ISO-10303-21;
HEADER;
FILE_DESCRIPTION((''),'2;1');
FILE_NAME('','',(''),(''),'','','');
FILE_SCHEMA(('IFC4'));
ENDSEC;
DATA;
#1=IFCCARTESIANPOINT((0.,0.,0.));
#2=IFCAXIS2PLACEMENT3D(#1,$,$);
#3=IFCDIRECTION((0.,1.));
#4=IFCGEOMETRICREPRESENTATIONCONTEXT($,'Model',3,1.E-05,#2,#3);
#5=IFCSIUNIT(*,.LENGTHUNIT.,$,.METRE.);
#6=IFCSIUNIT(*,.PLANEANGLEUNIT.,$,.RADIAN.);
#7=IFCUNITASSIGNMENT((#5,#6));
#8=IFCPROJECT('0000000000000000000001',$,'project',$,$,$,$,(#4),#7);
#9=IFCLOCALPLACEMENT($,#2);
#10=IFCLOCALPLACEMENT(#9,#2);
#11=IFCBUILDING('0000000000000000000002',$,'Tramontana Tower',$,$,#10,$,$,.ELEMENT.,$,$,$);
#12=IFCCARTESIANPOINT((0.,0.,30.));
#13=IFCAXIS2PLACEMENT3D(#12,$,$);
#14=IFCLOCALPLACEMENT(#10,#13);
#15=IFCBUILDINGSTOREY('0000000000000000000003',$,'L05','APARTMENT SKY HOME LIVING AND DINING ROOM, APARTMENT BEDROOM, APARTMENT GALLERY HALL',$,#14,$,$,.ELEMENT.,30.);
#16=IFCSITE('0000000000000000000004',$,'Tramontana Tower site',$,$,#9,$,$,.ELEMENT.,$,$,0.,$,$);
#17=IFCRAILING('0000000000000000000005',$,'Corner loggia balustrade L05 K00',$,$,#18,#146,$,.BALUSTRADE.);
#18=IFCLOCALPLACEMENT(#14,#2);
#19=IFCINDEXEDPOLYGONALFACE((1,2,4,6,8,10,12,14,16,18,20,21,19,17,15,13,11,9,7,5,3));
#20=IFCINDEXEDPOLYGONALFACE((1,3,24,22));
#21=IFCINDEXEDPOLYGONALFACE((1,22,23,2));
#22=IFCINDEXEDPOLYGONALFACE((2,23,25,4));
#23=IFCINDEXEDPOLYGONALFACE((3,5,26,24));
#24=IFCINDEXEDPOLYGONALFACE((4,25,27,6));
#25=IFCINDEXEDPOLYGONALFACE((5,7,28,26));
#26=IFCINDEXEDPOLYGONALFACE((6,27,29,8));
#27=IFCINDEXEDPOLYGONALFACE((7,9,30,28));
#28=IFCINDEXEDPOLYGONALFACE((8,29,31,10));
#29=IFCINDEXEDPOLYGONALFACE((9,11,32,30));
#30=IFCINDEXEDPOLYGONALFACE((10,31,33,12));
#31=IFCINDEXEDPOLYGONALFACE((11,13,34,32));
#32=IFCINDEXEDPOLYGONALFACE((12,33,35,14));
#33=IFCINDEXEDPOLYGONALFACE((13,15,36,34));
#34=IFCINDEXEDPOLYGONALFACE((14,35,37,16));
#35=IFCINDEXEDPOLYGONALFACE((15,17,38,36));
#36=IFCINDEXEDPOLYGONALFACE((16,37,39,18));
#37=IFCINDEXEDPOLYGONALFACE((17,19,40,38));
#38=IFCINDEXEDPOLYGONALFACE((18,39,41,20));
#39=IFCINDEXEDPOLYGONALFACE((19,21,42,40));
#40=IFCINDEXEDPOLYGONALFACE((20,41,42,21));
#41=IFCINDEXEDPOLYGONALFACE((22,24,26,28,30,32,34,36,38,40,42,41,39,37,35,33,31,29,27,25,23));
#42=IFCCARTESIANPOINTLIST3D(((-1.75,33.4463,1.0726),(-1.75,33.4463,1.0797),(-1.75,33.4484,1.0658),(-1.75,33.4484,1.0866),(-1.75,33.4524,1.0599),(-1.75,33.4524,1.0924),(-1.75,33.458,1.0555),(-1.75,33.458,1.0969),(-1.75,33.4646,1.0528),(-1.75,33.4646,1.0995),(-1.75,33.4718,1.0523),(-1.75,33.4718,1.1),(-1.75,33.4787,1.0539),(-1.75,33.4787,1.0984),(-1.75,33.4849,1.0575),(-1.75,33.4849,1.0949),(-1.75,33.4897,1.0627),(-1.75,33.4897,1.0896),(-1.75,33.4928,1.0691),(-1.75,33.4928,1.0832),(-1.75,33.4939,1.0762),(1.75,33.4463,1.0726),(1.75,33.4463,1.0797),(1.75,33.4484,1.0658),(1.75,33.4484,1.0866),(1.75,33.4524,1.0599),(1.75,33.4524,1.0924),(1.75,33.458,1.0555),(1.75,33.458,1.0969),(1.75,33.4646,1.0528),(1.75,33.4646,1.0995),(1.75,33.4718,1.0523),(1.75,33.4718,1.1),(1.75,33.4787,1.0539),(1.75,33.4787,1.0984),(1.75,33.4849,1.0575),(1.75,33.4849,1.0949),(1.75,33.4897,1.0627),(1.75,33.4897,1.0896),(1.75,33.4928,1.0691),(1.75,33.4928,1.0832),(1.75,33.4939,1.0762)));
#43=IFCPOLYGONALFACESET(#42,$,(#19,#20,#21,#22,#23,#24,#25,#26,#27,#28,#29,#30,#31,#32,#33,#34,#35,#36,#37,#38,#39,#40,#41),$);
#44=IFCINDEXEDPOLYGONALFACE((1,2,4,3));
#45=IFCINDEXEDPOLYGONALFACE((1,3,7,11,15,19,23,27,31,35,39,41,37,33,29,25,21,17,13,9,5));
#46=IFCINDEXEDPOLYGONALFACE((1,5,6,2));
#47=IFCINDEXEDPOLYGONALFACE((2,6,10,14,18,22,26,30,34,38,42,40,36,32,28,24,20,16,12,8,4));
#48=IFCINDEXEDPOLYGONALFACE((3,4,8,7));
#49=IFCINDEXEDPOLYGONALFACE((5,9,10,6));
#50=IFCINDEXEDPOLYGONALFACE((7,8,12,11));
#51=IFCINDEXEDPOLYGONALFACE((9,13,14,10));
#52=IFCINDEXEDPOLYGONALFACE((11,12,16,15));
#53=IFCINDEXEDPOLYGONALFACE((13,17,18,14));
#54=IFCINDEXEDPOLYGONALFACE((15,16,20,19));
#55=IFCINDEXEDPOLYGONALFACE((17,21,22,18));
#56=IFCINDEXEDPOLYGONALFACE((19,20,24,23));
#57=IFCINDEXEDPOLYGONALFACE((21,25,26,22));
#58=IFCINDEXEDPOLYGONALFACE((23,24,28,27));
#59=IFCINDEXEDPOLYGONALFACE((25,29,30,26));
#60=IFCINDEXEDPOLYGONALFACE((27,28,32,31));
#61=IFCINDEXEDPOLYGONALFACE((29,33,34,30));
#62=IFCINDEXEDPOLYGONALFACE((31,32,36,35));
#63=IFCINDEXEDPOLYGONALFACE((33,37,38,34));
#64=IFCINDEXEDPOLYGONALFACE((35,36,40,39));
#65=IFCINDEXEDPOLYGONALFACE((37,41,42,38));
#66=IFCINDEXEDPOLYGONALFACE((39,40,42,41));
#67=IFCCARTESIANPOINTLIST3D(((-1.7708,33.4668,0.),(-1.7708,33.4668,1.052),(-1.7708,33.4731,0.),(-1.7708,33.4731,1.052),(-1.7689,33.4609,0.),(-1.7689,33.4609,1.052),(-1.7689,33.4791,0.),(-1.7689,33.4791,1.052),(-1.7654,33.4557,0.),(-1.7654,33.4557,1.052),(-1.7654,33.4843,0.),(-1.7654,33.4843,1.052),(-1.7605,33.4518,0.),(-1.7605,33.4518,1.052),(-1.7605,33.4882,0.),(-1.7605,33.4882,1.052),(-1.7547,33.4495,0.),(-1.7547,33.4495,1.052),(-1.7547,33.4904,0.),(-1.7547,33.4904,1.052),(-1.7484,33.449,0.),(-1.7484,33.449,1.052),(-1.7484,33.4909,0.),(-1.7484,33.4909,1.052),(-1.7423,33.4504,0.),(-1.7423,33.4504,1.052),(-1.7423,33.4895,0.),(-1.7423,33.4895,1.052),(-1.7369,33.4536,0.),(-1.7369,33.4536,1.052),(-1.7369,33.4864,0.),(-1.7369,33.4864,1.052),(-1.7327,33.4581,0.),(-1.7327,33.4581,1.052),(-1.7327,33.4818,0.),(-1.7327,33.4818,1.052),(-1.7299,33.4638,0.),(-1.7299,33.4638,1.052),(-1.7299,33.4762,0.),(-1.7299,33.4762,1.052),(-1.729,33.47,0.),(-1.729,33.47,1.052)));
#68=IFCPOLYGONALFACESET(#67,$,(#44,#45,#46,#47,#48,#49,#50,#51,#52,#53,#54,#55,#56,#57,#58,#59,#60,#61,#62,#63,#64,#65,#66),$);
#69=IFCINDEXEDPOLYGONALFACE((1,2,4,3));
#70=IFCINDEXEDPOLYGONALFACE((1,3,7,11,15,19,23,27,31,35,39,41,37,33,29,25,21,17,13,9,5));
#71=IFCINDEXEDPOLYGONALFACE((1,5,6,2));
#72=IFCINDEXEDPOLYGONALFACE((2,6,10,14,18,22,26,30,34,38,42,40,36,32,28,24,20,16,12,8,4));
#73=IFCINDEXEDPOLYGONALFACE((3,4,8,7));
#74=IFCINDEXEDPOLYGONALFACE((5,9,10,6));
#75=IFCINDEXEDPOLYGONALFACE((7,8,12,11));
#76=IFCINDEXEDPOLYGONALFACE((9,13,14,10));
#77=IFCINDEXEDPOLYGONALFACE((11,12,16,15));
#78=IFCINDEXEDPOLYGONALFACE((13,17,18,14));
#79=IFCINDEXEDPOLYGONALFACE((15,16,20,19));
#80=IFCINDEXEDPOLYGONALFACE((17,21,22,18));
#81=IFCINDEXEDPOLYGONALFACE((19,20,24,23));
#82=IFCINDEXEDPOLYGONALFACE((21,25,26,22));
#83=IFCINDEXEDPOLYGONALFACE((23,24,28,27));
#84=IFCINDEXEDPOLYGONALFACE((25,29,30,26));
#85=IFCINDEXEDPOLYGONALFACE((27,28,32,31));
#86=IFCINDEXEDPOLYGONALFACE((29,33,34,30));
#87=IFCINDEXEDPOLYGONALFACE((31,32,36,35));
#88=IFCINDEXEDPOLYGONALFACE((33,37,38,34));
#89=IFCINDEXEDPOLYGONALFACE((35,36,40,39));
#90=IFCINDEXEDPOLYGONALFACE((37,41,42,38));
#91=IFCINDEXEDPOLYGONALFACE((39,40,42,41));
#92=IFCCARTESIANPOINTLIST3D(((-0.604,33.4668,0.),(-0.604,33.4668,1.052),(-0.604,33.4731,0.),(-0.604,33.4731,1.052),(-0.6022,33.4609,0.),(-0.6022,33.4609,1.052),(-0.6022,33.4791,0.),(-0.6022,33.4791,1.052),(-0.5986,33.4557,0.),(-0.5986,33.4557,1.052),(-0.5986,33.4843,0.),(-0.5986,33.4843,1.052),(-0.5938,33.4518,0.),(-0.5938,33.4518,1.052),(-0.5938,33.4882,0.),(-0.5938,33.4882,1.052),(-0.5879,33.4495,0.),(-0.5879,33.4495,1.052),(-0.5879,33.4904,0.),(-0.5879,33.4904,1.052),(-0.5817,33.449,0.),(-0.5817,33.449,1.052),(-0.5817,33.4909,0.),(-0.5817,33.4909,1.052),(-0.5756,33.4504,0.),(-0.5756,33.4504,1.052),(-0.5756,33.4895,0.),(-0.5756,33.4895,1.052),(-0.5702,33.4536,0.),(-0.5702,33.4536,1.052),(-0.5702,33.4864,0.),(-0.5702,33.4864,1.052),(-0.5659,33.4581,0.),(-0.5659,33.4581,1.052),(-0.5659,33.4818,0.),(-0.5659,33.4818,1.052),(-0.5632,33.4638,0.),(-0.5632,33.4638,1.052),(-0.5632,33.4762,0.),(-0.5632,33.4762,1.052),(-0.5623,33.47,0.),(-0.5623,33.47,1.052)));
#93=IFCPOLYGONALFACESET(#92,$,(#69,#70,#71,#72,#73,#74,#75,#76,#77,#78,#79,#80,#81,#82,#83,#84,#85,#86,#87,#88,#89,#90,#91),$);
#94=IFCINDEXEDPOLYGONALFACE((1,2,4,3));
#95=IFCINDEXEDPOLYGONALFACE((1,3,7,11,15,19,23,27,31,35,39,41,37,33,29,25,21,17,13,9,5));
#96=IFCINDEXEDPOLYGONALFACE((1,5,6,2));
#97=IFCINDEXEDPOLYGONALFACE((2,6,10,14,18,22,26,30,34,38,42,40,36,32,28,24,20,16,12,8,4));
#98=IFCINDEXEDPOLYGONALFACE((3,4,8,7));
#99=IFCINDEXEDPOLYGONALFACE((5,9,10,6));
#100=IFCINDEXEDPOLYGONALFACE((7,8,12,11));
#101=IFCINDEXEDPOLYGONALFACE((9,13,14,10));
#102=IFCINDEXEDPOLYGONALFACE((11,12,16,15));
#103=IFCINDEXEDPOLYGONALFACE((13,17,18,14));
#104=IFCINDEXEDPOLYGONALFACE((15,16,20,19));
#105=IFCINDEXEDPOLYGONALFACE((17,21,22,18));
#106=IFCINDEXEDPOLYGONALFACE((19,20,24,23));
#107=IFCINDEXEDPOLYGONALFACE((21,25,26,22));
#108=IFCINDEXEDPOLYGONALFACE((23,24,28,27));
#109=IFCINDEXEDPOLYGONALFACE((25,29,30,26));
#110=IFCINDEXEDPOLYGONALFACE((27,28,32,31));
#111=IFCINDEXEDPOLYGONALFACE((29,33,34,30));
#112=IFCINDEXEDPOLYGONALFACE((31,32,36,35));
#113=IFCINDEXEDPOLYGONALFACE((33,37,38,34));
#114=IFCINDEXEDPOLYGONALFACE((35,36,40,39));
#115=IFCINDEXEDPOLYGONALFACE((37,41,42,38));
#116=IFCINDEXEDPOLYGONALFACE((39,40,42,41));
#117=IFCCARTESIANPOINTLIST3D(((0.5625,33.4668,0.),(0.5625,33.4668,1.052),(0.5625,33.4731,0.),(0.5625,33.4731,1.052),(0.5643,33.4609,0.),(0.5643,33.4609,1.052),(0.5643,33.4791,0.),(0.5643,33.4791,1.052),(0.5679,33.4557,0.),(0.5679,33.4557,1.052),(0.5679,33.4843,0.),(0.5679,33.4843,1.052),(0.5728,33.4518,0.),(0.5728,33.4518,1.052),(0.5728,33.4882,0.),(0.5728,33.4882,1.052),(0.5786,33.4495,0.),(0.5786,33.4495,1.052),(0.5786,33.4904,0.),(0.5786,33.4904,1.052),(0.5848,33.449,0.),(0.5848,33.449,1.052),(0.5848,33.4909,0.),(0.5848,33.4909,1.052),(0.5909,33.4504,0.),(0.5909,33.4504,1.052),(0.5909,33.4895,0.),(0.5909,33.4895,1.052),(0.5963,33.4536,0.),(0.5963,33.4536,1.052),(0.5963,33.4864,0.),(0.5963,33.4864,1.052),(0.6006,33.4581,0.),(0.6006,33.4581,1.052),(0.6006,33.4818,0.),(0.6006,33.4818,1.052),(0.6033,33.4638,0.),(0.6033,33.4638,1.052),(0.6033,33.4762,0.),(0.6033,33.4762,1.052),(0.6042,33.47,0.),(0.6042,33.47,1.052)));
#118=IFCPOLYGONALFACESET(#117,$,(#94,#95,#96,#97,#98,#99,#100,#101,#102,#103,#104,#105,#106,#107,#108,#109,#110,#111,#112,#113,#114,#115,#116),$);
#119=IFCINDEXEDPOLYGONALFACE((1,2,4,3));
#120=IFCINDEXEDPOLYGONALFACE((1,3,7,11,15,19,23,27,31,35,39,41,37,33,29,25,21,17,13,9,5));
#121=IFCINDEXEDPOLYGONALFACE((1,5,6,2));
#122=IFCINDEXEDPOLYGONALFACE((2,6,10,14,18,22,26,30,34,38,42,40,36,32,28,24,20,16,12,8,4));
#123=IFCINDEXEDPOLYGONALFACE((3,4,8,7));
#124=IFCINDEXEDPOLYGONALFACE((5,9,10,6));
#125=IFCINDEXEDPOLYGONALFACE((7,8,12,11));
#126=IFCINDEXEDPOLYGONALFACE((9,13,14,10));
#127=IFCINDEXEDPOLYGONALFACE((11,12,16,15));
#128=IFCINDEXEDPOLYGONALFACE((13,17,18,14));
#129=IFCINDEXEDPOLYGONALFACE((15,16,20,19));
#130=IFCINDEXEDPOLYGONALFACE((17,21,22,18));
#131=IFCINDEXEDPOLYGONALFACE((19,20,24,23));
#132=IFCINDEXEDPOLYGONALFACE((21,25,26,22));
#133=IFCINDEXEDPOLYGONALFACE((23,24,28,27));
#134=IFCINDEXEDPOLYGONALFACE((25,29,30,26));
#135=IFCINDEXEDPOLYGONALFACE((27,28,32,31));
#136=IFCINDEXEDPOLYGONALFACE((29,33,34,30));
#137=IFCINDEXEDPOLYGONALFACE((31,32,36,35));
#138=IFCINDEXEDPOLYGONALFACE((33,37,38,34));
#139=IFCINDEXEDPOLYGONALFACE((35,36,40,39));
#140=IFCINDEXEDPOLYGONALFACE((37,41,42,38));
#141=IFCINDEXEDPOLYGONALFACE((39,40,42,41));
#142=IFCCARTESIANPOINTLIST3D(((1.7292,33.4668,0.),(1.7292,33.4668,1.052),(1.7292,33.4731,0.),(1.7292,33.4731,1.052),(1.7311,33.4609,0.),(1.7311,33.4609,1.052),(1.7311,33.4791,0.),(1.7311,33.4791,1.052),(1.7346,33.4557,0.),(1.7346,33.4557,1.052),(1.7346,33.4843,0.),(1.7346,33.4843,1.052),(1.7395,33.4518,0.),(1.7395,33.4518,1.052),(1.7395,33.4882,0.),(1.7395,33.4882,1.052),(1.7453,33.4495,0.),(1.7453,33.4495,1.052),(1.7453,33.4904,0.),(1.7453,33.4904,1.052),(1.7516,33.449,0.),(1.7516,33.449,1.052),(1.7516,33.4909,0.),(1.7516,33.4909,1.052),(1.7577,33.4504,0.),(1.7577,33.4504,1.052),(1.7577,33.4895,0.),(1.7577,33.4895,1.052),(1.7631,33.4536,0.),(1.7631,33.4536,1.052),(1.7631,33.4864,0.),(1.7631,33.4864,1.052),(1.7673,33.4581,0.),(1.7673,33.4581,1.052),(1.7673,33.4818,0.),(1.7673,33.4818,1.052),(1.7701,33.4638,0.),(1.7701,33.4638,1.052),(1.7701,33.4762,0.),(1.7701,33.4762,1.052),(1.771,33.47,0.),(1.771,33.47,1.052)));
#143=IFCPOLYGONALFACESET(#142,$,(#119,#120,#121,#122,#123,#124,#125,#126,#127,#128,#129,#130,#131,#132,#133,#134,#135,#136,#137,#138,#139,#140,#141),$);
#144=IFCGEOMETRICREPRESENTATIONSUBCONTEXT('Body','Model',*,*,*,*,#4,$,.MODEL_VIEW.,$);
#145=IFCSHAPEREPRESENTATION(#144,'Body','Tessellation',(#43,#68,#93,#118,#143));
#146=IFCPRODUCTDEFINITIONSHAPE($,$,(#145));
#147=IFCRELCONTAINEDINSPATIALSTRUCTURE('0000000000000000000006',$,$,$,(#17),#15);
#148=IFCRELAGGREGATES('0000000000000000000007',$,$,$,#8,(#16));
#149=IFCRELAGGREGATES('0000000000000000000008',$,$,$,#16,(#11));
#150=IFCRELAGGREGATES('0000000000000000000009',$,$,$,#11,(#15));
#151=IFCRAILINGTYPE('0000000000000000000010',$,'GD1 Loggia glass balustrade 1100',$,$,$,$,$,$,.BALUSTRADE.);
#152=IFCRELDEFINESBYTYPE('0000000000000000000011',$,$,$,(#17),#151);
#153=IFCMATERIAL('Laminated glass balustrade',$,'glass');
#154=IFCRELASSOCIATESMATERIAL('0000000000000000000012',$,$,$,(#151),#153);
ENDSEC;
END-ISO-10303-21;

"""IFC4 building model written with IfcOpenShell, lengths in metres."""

from ifc_helpers import new_model, si_unit, direction, frame, origin, origin_2d, place, context, subcontext, project, spatial, circle, extrude, material, type_object, element, save


model = new_model("IFC4")

# Units and contexts
model_context = context("Model", 3, precision=1e-05, world=origin(), true_north=direction((0.0, 1.0)))
body_context = subcontext(model_context, "Body", "Model", "MODEL_VIEW")
ifc_project = project(units=[si_unit("LENGTHUNIT", "METRE"), si_unit("PLANEANGLEUNIT", "RADIAN")], contexts=[model_context])

# Site, building, storey
site_placement = place(None, origin())
site = spatial("IfcSite", under=ifc_project, at=site_placement, Name="Tramontana Tower site", CompositionType="ELEMENT", RefElevation=0.0)
building_placement = place(site_placement, origin())
building = spatial("IfcBuilding", under=site, at=building_placement, Name="Tramontana Tower", CompositionType="ELEMENT")
storey_placement = place(building_placement, frame((0.0, 0.0, 30.0)))
storey = spatial("IfcBuildingStorey", under=building, at=storey_placement, Name="L05", Description="APARTMENT SKY HOME LIVING AND DINING ROOM, APARTMENT BEDROOM, APARTMENT GALLERY HALL", CompositionType="ELEMENT", Elevation=30.0)

# Railing
ifc_material_1 = material(Name="Laminated glass balustrade", Category="glass")
railing_type = type_object("IfcRailingType", Name="GD1 Loggia glass balustrade 1100", PredefinedType="BALUSTRADE", material=ifc_material_1)
railing_1_placement = place(storey_placement, frame((-1.75, 33.47, 0.0)))
element("IfcRailing", 1, at=railing_1_placement, inside=storey, type_object=railing_type, Name="Corner loggia balustrade L05 K00", PredefinedType="BALUSTRADE", context=body_context, shape_type="SweptSolid", body=[
    extrude(circle(Radius=0.0239, at=origin_2d()), frame((0.0, 0.0, 1.0762), z_axis=(1.0, 0.0, 0.0), x_axis=(0.0, 1.0, 0.0)), (0.0, 0.0, 1.0), 3.5),
    extrude(circle(Radius=0.021, at=origin_2d()), origin(), (0.0, 0.0, 1.0), 1.052),
    extrude(circle(Radius=0.021, at=origin_2d()), frame((1.1667, 0.0, 0.0)), (0.0, 0.0, 1.0), 1.052),
    extrude(circle(Radius=0.021, at=origin_2d()), frame((2.3333, 0.0, 0.0)), (0.0, 0.0, 1.0), 1.052),
    extrude(circle(Radius=0.021, at=origin_2d()), frame((3.5, 0.0, 0.0)), (0.0, 0.0, 1.0), 1.052),
])

save(model, "model.ifc")
